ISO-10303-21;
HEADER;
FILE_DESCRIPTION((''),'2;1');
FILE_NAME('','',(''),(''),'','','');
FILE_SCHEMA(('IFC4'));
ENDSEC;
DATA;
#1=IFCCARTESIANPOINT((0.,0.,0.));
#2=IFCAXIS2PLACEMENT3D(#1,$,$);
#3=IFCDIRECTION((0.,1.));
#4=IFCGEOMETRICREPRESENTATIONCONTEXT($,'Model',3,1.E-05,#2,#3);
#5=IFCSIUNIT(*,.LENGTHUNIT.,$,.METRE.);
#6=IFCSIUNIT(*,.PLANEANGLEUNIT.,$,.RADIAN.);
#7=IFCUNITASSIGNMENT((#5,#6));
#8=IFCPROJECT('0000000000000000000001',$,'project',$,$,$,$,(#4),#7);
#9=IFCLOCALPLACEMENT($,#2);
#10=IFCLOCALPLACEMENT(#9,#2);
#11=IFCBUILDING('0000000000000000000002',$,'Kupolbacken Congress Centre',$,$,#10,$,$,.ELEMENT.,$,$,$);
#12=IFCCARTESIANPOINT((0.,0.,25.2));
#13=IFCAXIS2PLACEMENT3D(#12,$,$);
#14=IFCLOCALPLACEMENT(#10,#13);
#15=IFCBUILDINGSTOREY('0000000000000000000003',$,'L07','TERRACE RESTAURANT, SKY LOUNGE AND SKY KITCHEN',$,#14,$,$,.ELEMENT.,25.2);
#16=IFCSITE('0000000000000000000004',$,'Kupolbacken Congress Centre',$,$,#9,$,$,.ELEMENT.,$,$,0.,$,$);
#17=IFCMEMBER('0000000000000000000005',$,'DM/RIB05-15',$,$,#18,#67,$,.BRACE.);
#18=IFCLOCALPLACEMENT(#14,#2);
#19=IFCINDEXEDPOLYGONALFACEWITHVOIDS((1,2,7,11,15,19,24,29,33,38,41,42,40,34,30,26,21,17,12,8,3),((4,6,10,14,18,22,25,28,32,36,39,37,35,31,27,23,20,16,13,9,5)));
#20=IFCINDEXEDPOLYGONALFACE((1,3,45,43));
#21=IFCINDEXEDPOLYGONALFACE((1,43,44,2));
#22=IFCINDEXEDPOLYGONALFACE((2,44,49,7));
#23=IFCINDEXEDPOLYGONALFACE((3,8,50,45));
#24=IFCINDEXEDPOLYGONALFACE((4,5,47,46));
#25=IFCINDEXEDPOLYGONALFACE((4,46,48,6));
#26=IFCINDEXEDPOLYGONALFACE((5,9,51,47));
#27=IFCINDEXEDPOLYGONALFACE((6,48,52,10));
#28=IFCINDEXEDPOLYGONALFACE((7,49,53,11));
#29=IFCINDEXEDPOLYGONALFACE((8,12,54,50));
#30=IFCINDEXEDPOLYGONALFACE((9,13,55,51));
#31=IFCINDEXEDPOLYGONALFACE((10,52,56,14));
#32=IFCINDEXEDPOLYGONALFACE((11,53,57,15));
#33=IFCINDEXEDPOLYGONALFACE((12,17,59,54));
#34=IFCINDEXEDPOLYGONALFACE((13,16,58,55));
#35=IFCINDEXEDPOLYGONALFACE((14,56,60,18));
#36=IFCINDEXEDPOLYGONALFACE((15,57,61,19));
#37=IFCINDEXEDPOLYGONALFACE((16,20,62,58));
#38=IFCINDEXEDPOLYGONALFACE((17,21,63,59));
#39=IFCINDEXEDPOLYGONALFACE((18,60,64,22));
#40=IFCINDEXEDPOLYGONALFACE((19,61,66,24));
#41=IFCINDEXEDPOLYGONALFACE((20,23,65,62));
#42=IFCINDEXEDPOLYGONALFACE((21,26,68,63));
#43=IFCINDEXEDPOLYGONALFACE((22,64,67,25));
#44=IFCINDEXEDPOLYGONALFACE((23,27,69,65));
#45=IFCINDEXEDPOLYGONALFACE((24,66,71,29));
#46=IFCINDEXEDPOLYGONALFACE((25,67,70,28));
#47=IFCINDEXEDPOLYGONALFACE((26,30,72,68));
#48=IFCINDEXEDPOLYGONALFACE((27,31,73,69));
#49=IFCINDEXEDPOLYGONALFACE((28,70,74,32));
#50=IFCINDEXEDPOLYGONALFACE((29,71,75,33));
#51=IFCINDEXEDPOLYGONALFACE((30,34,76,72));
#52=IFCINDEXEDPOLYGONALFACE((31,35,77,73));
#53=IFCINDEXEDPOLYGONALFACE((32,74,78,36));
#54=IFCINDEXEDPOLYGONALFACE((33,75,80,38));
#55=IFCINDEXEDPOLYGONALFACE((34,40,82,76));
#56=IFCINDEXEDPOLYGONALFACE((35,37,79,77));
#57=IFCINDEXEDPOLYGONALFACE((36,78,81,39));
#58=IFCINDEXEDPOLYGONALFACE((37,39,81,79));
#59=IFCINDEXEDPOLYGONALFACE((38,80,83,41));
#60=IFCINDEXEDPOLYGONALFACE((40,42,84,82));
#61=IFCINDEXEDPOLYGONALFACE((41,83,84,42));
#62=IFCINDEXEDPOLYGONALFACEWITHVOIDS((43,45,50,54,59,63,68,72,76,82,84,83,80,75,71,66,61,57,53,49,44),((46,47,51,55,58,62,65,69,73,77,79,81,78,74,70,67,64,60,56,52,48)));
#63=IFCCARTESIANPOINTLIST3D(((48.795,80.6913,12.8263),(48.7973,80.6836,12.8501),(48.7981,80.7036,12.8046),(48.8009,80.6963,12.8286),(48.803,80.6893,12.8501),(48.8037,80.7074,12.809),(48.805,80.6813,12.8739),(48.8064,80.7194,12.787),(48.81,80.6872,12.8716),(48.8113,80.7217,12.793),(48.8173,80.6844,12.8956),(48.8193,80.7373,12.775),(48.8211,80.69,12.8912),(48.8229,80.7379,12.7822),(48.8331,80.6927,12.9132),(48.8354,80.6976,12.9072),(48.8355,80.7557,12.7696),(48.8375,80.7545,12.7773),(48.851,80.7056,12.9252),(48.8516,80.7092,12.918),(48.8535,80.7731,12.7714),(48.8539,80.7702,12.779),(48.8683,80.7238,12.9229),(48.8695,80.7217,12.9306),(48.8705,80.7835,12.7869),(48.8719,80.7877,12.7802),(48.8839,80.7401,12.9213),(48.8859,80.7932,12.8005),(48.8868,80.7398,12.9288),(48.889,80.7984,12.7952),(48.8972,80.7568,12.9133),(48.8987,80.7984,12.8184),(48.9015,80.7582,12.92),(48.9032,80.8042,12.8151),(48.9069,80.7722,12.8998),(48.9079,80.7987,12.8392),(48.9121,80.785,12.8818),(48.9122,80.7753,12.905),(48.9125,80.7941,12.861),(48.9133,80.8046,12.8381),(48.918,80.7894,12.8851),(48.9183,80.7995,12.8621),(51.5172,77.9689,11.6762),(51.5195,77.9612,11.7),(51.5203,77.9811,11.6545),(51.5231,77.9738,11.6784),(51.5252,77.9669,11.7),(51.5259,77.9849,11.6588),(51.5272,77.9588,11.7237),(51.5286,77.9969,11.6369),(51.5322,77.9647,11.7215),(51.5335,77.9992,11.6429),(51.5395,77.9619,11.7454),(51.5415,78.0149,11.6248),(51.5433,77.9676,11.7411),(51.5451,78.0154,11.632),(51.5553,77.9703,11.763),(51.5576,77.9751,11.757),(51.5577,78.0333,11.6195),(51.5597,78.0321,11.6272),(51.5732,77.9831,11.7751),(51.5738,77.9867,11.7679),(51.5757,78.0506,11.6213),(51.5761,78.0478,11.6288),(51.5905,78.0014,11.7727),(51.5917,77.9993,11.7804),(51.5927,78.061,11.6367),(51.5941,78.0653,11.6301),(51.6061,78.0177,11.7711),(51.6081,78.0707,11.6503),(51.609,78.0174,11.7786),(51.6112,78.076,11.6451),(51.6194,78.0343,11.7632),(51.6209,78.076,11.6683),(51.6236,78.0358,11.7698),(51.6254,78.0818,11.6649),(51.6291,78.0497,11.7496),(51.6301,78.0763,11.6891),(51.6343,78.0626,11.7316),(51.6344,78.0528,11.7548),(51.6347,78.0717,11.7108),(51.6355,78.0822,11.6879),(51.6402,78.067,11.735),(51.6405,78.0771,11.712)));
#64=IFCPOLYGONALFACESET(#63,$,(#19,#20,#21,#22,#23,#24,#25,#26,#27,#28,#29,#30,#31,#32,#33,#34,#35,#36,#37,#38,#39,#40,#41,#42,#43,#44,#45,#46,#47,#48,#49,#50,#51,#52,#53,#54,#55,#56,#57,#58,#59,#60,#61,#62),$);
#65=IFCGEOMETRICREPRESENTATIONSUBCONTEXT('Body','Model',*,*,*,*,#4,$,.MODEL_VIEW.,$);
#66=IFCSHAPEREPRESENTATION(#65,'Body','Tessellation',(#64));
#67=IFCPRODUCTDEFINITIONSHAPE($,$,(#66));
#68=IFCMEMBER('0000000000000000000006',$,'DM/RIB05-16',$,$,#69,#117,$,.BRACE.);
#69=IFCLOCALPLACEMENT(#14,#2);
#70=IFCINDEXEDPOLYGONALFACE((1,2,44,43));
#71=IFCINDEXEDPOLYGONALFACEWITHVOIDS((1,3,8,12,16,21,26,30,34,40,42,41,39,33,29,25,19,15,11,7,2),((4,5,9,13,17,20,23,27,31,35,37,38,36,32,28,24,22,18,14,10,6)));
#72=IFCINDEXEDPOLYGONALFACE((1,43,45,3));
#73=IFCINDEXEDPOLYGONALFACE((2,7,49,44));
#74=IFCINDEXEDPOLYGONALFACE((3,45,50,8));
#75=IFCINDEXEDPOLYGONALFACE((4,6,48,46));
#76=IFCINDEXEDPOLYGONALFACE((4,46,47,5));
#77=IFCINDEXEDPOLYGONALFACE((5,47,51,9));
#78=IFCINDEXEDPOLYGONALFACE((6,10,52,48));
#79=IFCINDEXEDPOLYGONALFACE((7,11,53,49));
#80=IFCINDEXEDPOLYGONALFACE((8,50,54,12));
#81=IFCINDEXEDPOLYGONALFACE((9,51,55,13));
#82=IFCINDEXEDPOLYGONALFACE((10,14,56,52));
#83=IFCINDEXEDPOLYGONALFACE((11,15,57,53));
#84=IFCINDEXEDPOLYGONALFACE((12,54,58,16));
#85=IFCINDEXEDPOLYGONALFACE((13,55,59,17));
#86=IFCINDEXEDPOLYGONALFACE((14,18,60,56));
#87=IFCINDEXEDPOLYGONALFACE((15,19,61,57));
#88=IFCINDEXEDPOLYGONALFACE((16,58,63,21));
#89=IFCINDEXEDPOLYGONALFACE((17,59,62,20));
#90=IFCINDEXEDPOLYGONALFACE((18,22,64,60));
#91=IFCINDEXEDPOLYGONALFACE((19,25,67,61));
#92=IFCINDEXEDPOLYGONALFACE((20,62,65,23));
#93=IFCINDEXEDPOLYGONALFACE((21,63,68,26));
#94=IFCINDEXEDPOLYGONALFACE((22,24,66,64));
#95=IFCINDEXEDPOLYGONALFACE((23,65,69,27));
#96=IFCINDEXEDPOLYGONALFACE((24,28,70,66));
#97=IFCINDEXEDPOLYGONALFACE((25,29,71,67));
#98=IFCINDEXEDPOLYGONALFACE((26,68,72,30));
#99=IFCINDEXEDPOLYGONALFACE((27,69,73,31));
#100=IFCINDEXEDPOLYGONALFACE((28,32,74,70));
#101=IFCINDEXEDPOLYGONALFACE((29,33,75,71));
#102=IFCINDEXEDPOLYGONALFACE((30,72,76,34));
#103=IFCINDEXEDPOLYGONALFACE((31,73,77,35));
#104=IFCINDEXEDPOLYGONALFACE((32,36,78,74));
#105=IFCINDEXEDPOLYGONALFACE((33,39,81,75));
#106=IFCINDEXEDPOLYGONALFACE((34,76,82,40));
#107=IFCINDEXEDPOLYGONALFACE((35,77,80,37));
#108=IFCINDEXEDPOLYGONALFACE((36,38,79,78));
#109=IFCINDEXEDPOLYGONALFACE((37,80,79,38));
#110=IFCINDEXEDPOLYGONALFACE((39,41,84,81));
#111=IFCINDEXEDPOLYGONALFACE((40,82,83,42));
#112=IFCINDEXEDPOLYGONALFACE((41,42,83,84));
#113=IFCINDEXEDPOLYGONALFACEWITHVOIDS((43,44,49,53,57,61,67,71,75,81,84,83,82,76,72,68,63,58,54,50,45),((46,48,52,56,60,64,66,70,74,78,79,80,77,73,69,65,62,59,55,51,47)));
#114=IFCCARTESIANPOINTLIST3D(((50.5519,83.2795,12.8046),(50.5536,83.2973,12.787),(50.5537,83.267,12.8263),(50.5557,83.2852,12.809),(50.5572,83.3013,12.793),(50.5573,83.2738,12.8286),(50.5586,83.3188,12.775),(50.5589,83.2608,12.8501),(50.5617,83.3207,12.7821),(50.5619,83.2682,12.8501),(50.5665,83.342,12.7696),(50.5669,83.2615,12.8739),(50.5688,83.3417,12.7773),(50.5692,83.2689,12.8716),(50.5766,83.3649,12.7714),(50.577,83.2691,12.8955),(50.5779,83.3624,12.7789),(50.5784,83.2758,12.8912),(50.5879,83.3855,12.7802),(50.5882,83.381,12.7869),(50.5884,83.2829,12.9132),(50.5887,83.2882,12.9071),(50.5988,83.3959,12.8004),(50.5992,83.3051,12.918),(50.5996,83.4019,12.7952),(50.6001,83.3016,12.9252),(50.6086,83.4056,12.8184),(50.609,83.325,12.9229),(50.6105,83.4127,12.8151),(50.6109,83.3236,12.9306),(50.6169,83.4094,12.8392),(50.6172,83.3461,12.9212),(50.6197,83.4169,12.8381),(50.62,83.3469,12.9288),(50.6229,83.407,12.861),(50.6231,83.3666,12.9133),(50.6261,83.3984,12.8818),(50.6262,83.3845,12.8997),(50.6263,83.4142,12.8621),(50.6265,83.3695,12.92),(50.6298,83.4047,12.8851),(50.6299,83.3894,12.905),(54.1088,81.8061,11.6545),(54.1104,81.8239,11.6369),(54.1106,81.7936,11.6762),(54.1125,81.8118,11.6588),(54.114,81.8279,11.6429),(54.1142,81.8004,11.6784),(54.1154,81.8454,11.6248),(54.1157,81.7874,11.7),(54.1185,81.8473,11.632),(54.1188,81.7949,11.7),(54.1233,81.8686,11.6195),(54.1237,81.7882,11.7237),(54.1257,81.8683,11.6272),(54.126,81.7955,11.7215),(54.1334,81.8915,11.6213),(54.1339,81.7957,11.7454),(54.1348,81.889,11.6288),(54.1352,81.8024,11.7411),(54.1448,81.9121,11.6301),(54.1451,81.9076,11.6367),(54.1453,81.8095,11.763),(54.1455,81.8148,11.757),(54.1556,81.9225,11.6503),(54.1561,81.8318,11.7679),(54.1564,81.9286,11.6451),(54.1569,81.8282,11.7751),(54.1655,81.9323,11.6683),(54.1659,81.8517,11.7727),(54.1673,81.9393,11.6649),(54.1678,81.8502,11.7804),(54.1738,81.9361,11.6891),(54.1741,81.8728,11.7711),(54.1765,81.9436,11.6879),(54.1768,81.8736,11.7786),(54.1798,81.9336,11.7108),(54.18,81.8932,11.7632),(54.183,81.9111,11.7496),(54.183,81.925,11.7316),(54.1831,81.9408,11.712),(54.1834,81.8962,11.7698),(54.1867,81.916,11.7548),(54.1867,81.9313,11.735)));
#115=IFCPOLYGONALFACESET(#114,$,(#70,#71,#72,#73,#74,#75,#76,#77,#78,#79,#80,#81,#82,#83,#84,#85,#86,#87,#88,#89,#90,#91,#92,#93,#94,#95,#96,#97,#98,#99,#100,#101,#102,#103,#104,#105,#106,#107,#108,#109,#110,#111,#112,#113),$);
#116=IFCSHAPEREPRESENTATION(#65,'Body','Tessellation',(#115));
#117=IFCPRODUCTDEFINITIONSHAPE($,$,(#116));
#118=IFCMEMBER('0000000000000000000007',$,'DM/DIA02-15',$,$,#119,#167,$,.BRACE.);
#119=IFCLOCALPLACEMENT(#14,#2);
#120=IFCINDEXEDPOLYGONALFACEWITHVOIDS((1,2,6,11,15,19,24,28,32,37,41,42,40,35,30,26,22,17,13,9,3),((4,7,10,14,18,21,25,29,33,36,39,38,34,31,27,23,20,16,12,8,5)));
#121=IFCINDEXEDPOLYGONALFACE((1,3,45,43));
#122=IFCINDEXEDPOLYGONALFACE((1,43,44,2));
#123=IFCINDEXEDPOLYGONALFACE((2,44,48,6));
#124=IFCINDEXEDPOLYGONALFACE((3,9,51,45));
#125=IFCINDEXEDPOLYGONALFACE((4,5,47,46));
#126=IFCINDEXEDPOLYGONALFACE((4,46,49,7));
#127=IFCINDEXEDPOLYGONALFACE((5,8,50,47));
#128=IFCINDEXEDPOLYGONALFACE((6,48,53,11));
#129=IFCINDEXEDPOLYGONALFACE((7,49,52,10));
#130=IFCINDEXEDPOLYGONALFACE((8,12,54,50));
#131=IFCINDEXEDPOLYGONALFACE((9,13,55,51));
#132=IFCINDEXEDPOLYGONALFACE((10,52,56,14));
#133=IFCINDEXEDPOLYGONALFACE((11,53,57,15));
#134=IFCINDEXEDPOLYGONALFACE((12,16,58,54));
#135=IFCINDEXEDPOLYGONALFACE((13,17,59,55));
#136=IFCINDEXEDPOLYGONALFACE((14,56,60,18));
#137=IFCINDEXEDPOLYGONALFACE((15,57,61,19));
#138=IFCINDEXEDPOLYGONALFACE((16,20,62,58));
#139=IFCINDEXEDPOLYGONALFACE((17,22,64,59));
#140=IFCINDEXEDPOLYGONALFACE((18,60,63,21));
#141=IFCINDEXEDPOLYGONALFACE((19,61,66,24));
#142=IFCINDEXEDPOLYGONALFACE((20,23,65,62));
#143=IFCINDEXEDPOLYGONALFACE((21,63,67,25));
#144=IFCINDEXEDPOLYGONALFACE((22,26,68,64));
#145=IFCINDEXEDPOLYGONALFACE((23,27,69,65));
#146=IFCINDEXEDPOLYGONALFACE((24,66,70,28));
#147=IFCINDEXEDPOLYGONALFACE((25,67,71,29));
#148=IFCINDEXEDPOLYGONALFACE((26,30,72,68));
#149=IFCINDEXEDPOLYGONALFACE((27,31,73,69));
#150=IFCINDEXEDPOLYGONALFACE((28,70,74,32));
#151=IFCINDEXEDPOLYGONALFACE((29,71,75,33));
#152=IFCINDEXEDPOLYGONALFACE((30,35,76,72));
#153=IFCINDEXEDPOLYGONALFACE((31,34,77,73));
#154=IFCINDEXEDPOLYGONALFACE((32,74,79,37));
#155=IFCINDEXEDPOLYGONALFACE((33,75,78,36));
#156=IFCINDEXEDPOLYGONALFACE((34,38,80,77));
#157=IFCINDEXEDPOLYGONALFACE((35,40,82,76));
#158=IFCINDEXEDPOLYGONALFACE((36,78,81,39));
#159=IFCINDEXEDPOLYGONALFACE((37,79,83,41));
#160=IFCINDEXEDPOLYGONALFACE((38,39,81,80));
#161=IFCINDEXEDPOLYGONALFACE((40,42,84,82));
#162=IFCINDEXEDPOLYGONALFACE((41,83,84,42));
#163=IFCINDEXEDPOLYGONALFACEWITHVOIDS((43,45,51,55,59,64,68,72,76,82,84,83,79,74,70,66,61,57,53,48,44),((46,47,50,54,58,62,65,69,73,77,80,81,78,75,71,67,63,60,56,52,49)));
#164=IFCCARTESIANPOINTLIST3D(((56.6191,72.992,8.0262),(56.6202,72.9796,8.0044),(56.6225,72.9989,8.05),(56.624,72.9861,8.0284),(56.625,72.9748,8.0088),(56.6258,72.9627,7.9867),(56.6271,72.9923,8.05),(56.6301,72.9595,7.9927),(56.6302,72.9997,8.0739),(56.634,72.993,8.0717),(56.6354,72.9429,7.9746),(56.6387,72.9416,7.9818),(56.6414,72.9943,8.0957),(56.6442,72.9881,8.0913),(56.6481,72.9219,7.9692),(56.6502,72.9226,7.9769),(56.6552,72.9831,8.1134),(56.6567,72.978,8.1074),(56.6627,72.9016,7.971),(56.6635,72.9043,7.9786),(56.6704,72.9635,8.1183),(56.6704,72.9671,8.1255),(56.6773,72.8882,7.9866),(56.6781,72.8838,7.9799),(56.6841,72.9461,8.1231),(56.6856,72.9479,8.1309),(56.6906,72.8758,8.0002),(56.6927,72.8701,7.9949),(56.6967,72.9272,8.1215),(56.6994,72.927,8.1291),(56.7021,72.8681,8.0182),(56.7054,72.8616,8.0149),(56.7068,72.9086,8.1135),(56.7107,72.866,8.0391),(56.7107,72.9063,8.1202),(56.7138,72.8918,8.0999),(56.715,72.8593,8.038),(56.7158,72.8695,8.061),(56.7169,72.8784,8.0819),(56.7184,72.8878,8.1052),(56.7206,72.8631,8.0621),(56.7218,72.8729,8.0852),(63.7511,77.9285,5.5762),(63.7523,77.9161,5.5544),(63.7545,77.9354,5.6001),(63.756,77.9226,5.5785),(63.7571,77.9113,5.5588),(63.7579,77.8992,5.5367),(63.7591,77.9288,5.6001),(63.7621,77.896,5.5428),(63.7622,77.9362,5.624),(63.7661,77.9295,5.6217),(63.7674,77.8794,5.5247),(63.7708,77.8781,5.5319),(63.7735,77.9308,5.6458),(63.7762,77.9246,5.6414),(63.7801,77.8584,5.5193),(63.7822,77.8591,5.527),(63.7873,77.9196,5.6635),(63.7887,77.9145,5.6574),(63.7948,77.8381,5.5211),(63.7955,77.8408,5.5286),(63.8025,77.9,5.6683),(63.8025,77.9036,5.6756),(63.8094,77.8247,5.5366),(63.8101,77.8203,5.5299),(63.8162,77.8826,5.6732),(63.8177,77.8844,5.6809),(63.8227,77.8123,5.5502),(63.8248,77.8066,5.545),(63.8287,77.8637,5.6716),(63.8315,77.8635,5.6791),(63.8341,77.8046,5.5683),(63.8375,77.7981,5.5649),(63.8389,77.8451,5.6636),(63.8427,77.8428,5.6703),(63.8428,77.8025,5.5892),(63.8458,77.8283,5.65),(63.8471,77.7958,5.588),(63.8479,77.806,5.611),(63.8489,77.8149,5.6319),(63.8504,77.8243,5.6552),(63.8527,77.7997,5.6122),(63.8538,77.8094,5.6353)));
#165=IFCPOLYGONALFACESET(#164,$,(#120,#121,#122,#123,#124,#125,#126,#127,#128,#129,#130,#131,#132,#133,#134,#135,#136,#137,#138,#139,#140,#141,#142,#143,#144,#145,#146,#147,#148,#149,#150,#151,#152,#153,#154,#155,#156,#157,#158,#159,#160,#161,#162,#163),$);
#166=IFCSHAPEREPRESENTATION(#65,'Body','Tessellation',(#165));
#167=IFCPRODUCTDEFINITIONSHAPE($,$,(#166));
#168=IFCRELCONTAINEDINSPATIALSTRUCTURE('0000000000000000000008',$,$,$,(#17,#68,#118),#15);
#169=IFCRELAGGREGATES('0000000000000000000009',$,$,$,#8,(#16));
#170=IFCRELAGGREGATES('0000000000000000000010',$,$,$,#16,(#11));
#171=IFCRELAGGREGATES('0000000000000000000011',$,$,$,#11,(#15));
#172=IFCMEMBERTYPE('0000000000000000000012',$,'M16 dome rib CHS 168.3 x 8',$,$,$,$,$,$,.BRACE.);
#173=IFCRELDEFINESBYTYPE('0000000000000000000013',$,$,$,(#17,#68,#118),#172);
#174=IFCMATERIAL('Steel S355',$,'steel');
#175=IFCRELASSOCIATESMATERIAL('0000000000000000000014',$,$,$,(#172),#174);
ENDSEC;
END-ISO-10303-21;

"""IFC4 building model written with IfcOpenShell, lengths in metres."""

from ifc_helpers import new_model, si_unit, direction, frame, origin, origin_2d, place, context, subcontext, project, spatial, hollow_circle, extrude, material, material_profile, profile_set, type_object, element, save


model = new_model("IFC4")

# Units and contexts
model_context = context("Model", 3, precision=1e-05, world=origin(), true_north=direction((0.0, 1.0)))
body_context = subcontext(model_context, "Body", "Model", "MODEL_VIEW")
ifc_project = project(units=[si_unit("LENGTHUNIT", "METRE"), si_unit("PLANEANGLEUNIT", "RADIAN")], contexts=[model_context])

# Site, building, storey
site_placement = place(None, origin())
site = spatial("IfcSite", under=ifc_project, at=site_placement, Name="Kupolbacken Congress Centre", CompositionType="ELEMENT", RefElevation=0.0)
building_placement = place(site_placement, origin())
building = spatial("IfcBuilding", under=site, at=building_placement, Name="Kupolbacken Congress Centre", CompositionType="ELEMENT")
storey_placement = place(building_placement, frame((0.0, 0.0, 25.2)))
storey = spatial("IfcBuildingStorey", under=building, at=storey_placement, Name="L07", Description="TERRACE RESTAURANT, SKY LOUNGE AND SKY KITCHEN", CompositionType="ELEMENT", Elevation=25.2)

# Members
ifc_material_1 = material(Name="Steel S355", Category="steel")
ifc_material_profile_1 = material_profile(ifc_material_1, hollow_circle(Radius=0.0842, WallThickness=0.0081, at=origin_2d()), Name="CHS 168.3 x 8")
ifc_profile_set_1 = profile_set([ifc_material_profile_1], Name="Steel S355")
member_type_1 = type_object("IfcMemberType", Name="M16 dome rib CHS 168.3 x 8", PredefinedType="BRACE", material=ifc_profile_set_1)
for number, where, z_axis, x_axis, name in (
    (1, (51.5791, 78.0208, 11.7), (-0.677488, 0.677549, 0.286246), (-0.707138, -0.707075, 0.0), "DM/RIB05-15"),
    (2, (54.1479, 81.8652, 11.7), (-0.885215, 0.366688, 0.286241), (-0.382701, -0.923872, 0.0), "DM/RIB05-16"),
):
    element("IfcMember", number, at=place(storey_placement, frame(where, z_axis=z_axis, x_axis=x_axis)), inside=storey, type_object=member_type_1, Name=name, PredefinedType="BRACE", context=body_context, shape_type="SweptSolid", body=[
        extrude(hollow_circle(Radius=0.0842, WallThickness=0.0081, at=origin_2d()), origin(), (0.0, 0.0, 1.0), 4.0181),
    ])
member_1_placement = place(storey_placement, frame((56.6704, 72.9297, 8.05), z_axis=(0.791291, 0.547698, -0.271818), x_axis=(-0.569127, 0.82225, 0.0)))
element("IfcMember", 3, at=member_1_placement, inside=storey, type_object=member_type_1, Name="DM/DIA02-15", PredefinedType="BRACE", context=body_context, shape_type="SweptSolid", body=[
    extrude(hollow_circle(Radius=0.0842, WallThickness=0.0081, at=origin_2d()), origin(), (0.0, 0.0, 1.0), 9.0132),
])

save(model, "model.ifc")
